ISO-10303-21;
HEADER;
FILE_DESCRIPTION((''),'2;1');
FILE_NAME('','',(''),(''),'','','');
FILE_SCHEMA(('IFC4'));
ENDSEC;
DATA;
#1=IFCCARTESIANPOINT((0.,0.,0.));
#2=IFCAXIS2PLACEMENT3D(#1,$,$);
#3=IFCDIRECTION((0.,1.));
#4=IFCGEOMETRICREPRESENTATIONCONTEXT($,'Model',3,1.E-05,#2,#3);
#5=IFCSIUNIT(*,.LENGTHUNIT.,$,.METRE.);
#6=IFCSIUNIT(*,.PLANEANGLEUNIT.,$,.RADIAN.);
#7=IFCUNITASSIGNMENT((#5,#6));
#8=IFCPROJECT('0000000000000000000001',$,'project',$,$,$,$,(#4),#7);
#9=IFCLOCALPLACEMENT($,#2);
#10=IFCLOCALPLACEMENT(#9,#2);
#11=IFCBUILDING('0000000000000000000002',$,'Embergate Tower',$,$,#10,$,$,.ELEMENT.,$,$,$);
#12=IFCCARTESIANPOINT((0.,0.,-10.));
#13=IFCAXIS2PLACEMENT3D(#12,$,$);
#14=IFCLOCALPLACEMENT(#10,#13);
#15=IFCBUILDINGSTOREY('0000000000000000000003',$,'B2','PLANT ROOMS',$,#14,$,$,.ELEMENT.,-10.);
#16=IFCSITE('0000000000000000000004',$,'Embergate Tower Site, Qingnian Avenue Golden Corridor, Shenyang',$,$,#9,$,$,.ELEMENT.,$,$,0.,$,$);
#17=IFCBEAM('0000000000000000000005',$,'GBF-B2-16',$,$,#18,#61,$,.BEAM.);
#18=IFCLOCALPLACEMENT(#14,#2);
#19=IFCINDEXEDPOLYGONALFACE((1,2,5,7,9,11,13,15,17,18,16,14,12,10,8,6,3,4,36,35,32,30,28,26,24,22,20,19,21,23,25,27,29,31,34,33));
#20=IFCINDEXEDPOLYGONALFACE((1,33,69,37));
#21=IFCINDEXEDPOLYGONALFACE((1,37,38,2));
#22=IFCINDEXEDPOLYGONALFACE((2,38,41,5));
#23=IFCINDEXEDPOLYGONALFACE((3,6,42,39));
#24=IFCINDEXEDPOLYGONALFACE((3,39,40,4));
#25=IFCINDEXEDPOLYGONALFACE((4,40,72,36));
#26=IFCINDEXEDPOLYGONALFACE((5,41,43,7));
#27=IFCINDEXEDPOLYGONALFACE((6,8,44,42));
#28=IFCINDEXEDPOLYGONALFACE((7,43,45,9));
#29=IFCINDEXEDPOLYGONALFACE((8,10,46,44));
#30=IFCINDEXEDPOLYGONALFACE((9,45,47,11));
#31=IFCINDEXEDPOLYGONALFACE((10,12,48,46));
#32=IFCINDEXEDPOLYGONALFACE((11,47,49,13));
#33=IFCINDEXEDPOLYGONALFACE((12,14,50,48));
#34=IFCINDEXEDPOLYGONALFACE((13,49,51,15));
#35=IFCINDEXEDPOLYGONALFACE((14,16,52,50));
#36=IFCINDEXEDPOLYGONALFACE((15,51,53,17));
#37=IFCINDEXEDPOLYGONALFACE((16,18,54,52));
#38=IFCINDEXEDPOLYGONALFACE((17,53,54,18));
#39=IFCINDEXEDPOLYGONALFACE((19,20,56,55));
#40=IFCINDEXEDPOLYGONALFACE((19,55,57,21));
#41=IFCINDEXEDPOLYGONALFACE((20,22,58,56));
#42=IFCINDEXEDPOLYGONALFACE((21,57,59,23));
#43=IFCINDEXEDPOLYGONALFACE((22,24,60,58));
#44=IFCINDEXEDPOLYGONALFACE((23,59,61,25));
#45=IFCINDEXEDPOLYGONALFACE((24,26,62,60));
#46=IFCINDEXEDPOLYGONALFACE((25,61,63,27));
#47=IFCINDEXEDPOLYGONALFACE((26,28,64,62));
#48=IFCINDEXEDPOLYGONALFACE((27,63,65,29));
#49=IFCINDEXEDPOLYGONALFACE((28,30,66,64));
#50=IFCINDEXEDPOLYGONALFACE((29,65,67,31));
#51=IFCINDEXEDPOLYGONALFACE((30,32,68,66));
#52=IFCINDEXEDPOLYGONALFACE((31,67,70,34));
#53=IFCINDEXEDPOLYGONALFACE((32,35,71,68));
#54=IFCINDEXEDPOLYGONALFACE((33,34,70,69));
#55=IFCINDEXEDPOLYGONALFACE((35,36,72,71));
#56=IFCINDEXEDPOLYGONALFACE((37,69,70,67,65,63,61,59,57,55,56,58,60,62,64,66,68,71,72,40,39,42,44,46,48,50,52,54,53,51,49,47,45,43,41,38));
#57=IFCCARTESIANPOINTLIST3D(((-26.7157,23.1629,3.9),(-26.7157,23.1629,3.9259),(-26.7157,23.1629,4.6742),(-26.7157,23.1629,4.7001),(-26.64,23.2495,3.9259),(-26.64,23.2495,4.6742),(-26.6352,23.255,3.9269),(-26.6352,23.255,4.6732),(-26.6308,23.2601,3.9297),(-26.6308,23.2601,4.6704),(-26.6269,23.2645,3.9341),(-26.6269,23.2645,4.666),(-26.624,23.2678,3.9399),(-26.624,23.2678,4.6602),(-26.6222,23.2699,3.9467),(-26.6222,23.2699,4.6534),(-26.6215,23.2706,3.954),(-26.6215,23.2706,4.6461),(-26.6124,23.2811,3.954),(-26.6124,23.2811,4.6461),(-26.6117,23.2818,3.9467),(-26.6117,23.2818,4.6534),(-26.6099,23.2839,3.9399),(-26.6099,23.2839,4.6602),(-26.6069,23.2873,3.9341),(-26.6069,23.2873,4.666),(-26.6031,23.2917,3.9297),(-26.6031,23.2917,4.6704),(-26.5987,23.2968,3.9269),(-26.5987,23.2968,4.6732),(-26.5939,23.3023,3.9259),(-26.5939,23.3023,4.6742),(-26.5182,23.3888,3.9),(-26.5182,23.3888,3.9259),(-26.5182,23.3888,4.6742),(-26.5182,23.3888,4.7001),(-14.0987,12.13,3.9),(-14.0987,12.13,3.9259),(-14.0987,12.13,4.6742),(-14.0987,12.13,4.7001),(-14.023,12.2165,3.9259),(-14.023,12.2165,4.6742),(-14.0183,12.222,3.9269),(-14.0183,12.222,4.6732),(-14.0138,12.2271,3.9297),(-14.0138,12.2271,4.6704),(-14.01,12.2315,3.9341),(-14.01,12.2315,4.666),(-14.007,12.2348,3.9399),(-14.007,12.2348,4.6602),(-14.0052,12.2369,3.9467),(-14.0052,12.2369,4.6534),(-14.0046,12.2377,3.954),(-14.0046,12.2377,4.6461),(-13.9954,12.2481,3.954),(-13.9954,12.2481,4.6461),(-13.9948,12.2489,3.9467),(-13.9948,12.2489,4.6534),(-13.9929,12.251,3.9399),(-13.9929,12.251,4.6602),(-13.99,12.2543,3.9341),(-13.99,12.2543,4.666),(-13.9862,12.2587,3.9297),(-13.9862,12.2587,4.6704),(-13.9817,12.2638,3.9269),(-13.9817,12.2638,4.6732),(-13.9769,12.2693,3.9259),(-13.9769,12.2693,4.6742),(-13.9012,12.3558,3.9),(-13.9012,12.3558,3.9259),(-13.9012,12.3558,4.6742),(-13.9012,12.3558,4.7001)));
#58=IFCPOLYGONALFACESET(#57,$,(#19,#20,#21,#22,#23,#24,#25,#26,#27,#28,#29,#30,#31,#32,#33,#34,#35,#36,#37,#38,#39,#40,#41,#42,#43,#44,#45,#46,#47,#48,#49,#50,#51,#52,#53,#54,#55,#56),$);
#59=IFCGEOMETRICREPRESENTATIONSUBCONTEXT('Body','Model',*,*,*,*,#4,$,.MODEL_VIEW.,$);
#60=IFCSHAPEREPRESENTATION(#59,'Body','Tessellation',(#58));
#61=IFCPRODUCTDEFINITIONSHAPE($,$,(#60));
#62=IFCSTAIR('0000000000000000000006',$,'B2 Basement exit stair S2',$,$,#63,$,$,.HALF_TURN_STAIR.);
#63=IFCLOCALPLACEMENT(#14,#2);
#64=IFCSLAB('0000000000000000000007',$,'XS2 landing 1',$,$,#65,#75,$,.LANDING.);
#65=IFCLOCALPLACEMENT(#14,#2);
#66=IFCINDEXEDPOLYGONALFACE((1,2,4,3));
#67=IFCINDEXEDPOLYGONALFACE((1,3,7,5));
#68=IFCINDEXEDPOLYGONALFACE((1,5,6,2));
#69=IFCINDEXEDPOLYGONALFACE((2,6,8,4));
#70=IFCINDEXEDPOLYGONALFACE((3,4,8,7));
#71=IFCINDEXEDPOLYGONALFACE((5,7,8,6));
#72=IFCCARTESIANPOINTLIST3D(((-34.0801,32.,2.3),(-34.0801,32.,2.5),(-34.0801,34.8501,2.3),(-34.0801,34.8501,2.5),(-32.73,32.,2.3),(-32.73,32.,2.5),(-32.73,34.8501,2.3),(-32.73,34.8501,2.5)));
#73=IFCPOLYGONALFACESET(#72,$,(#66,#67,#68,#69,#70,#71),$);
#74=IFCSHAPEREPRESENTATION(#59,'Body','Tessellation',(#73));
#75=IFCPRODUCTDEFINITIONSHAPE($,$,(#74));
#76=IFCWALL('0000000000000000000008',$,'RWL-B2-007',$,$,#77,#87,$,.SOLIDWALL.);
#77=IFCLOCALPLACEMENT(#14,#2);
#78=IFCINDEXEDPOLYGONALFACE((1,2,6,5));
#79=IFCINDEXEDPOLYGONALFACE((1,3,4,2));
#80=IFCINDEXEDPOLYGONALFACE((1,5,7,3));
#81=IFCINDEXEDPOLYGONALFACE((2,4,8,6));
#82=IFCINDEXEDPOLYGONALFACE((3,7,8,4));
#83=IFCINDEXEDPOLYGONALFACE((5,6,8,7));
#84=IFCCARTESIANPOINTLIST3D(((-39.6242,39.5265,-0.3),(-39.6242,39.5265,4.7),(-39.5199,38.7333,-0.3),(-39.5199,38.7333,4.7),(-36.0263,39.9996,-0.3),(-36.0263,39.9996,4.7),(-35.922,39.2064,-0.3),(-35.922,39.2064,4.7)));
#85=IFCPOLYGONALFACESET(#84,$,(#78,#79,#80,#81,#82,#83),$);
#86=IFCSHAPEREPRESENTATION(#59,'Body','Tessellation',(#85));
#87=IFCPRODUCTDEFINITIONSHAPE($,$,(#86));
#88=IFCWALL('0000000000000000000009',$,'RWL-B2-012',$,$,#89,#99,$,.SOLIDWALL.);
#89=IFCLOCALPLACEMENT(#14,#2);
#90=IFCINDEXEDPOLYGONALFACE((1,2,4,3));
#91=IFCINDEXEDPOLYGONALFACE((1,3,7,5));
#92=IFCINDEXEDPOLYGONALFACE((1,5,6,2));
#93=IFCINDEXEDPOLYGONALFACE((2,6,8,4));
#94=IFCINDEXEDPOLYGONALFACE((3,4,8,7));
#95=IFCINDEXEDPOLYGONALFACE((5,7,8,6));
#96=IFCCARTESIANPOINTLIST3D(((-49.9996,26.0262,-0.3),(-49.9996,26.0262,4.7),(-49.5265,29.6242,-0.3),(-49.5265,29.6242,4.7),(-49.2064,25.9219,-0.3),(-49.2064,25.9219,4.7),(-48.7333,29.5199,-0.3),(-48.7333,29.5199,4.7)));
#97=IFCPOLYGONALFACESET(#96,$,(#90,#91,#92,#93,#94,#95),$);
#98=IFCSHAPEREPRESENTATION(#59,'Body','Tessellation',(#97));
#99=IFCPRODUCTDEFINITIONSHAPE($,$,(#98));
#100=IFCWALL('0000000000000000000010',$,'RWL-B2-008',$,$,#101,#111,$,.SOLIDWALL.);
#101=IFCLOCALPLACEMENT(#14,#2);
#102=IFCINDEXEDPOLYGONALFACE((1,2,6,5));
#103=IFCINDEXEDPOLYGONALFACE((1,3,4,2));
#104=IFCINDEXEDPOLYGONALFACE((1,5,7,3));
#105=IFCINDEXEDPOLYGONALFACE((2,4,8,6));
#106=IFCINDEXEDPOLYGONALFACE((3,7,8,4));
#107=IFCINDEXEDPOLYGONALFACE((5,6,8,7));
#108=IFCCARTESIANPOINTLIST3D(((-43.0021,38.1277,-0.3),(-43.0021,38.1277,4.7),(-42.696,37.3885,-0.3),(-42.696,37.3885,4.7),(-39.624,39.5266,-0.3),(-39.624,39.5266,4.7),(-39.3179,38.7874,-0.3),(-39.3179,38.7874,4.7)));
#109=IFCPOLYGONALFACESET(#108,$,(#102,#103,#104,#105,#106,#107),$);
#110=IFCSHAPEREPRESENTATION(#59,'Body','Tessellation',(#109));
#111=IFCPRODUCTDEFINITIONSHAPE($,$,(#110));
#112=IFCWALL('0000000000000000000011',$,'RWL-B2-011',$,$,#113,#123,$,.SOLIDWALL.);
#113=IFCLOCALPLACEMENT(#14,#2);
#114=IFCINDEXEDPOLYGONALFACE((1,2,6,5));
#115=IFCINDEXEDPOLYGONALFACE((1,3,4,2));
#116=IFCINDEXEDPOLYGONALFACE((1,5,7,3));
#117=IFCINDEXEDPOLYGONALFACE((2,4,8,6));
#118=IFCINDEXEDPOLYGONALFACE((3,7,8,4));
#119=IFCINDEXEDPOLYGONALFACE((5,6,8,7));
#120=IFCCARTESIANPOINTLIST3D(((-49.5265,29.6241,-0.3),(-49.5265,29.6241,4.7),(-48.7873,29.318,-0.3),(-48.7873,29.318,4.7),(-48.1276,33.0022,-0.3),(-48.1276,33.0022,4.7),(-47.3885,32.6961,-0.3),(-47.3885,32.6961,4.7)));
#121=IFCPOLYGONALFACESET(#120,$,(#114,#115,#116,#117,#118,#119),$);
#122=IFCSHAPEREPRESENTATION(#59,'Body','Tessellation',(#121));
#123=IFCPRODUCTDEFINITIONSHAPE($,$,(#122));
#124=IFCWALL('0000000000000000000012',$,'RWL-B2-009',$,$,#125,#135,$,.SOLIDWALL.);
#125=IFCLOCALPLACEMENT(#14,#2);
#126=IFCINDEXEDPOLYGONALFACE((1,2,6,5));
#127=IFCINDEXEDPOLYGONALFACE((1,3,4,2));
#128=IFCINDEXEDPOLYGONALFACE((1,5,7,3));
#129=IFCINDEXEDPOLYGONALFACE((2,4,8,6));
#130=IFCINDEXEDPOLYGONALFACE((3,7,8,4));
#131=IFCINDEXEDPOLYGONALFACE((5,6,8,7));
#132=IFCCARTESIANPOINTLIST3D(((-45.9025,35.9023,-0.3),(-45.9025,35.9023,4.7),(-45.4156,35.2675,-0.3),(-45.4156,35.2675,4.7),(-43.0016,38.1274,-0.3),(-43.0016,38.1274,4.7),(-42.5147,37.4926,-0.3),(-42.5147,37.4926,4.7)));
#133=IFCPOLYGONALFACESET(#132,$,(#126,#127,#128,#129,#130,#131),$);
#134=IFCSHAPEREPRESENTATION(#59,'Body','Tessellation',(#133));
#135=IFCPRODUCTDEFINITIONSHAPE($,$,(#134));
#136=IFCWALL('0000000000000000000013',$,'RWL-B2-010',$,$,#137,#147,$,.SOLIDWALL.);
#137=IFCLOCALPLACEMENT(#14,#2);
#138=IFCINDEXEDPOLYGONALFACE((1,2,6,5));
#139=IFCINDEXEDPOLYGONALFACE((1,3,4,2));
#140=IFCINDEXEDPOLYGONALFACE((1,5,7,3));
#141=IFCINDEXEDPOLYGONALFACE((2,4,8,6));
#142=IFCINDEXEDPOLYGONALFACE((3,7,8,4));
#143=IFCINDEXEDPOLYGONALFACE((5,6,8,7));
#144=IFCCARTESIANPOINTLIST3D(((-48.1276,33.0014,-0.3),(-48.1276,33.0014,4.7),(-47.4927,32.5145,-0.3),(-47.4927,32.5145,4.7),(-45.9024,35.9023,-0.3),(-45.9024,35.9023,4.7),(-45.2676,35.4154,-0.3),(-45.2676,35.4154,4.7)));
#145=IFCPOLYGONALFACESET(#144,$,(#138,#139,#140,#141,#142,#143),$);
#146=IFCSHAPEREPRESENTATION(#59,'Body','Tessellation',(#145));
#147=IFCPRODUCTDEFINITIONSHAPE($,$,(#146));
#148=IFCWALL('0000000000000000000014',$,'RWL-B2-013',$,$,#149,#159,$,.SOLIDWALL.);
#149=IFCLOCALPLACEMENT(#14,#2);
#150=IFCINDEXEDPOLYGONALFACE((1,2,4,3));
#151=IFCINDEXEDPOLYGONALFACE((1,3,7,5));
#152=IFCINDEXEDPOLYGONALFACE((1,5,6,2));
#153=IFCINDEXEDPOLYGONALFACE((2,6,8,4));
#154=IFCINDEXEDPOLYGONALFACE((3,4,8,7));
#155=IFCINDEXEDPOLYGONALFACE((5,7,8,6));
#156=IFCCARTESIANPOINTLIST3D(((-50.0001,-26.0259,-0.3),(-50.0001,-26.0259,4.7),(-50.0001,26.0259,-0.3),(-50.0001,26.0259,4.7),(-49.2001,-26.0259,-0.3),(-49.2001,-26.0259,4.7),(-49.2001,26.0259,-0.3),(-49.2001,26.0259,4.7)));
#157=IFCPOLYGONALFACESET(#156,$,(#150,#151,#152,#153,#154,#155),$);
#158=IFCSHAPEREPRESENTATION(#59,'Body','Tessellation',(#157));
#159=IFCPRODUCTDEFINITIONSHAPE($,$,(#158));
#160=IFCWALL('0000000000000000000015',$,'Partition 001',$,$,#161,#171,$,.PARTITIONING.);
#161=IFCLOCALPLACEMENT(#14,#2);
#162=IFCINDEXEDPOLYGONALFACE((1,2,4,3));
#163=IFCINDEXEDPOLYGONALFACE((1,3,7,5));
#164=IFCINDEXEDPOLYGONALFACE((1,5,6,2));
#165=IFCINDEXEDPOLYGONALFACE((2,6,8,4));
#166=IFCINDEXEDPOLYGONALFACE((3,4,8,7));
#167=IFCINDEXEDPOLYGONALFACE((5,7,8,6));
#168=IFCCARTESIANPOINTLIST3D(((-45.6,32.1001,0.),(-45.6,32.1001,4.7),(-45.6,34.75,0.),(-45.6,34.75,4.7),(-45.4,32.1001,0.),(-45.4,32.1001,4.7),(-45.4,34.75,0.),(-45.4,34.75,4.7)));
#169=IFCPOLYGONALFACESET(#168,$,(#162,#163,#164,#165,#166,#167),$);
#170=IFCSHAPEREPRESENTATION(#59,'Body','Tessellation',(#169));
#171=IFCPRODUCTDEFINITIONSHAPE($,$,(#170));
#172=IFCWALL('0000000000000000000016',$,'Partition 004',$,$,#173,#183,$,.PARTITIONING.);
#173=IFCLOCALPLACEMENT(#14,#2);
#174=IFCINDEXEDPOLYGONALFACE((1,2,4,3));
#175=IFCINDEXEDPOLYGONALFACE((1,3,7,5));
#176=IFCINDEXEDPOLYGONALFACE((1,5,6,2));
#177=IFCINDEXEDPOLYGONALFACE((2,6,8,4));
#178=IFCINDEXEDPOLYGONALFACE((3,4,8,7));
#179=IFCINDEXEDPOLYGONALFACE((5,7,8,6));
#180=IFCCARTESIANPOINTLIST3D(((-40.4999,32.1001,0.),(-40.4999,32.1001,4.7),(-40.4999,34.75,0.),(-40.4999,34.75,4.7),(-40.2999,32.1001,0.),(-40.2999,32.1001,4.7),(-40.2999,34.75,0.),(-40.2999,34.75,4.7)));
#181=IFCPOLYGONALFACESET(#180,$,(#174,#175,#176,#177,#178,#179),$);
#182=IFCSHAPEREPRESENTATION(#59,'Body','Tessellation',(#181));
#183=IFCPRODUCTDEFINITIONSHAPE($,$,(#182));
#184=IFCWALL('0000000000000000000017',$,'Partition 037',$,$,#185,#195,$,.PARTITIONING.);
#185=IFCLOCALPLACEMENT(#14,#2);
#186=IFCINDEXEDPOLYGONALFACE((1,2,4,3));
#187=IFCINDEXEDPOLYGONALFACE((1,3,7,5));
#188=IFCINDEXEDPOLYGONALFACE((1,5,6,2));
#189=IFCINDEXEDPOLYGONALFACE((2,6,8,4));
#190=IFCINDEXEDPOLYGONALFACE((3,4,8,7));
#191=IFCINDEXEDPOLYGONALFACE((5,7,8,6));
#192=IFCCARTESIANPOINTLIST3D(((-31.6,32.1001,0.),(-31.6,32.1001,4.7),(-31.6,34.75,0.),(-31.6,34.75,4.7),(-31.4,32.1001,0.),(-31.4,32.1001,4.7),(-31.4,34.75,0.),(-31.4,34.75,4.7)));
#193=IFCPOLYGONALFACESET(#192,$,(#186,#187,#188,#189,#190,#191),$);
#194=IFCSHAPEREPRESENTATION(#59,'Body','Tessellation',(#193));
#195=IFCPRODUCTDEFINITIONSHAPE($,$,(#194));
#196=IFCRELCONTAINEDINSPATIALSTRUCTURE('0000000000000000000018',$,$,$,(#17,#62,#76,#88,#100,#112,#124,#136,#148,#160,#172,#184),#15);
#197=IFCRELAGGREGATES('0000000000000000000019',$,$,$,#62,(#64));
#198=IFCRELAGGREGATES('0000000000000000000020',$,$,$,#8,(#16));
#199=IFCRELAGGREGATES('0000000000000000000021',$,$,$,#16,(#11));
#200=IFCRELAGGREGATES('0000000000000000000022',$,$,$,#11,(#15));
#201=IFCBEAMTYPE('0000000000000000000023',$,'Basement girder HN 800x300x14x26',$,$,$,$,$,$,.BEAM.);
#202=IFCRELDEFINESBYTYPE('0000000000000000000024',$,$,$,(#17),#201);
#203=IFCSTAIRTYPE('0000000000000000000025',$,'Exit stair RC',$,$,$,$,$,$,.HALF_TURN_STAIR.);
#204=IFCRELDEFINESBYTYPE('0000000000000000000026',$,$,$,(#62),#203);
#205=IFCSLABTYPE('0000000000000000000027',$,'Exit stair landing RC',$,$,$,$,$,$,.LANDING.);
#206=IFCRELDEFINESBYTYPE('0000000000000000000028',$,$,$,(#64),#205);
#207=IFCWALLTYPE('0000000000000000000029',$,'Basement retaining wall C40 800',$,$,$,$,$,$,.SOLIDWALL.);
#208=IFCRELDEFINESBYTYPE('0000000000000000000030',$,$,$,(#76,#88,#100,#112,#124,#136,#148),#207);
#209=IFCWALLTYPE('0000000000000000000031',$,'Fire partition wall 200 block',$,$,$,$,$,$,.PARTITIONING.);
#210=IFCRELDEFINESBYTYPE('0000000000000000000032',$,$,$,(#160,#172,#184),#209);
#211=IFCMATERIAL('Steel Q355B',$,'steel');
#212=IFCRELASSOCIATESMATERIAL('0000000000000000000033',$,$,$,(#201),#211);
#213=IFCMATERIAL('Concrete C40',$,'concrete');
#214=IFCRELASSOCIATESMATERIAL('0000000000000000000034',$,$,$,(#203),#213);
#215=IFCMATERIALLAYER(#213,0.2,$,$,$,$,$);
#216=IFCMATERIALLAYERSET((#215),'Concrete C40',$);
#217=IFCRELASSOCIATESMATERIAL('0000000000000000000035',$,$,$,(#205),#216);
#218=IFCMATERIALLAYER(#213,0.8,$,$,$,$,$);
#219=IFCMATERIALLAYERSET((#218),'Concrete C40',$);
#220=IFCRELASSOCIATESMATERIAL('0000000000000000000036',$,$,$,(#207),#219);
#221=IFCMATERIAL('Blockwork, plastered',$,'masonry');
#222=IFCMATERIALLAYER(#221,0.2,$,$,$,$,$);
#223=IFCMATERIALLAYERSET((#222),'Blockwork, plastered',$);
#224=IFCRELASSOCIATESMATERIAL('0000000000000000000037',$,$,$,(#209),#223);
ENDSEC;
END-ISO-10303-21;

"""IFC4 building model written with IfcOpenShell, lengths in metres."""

from ifc_helpers import new_model, si_unit, direction, frame, frame_2d, origin, origin_2d, place, context, subcontext, project, spatial, polyline, rectangle, i_section, outline, extrude, source, transform, mapped, material, layer, layer_set, material_profile, profile_set, type_object, element, aggregate, save


model = new_model("IFC4")

# Units and contexts
model_context = context("Model", 3, precision=1e-05, world=origin(), true_north=direction((0.0, 1.0)))
body_context = subcontext(model_context, "Body", "Model", "MODEL_VIEW")
ifc_project = project(units=[si_unit("LENGTHUNIT", "METRE"), si_unit("PLANEANGLEUNIT", "RADIAN")], contexts=[model_context])

# Site, building, storey
site_placement = place(None, origin())
site = spatial("IfcSite", under=ifc_project, at=site_placement, Name="Embergate Tower Site, Qingnian Avenue Golden Corridor, Shenyang", CompositionType="ELEMENT", RefElevation=0.0)
building_placement = place(site_placement, origin())
building = spatial("IfcBuilding", under=site, at=building_placement, Name="Embergate Tower", CompositionType="ELEMENT")
storey_placement = place(building_placement, frame((0.0, 0.0, -10.0)))
storey = spatial("IfcBuildingStorey", under=building, at=storey_placement, Name="B2", Description="PLANT ROOMS", CompositionType="ELEMENT", Elevation=-10.0)

# Shared definitions
ifc_material_1 = material(Name="Concrete C40", Category="concrete")

# Beam
ifc_material_2 = material(Name="Steel Q355B", Category="steel")
ifc_material_profile_1 = material_profile(ifc_material_2, i_section(OverallWidth=0.3, OverallDepth=0.8, WebThickness=0.0139, FlangeThickness=0.0259, FilletRadius=0.0281, at=origin_2d()), Name="HN 800x300x14x26")
ifc_profile_set_1 = profile_set([ifc_material_profile_1], Name="Steel Q355 grade B")
beam_type_1 = type_object("IfcBeamType", Name="Basement girder HN 800x300x14x26", PredefinedType="BEAM", material=ifc_profile_set_1)
shared_shape_1 = source(origin(), body_context, "Body", "SweptSolid", [
    extrude(i_section(OverallWidth=0.3, OverallDepth=0.8, WebThickness=0.0139, FlangeThickness=0.0259, FilletRadius=0.0281, at=origin_2d()), origin(), (0.0, 0.0, 1.0), 16.7605),
])
beam_1_placement = place(storey_placement, frame((-26.6169, 23.2759, 4.3), z_axis=(0.75278, -0.658273, 0.0), x_axis=(0.658273, 0.75278, 0.0)))
element("IfcBeam", 1, at=beam_1_placement, inside=storey, type_object=beam_type_1, Name="GBF-B2-16", PredefinedType="BEAM", context=body_context, shape_type="MappedRepresentation", body=[
    mapped(shared_shape_1, transform((0.0, 0.0, 0.0))),
])

# Stair, slab
stair_type = type_object("IfcStairType", Name="Exit stair RC", PredefinedType="HALF_TURN_STAIR", material=ifc_material_1)
stair_placement = place(storey_placement, origin())
stair = element("IfcStair", 2, at=stair_placement, inside=storey, type_object=stair_type, Name="B2 Basement exit stair S2", PredefinedType="HALF_TURN_STAIR")
ifc_layer_1 = layer(ifc_material_1, 0.2)
ifc_layer_set_1 = layer_set([ifc_layer_1], Name="Concrete C40")
slab_type = type_object("IfcSlabType", Name="Exit stair landing RC", PredefinedType="LANDING", material=ifc_layer_set_1)
shared_shape_2 = source(origin(), body_context, "Body", "SweptSolid", [
    extrude(outline(polyline([(0.0, 0.0), (1.3501, 0.0), (1.3501, 2.8501), (0.0, 2.8501), (0.0, 0.0)])), origin(), (0.0, 0.0, 1.0), 0.2),
])
slab_placement = place(storey_placement, frame((-34.0801, 32.0, 2.3)))
slab = element("IfcSlab", 3, at=slab_placement, type_object=slab_type, Name="XS2 landing 1", PredefinedType="LANDING", context=body_context, shape_type="MappedRepresentation", body=[
    mapped(shared_shape_2, transform((0.0, 0.0, 0.0))),
])

# Walls
ifc_layer_2 = layer(ifc_material_1, 0.8)
ifc_layer_set_2 = layer_set([ifc_layer_2], Name="Concrete C40")
wall_type_1 = type_object("IfcWallType", Name="Basement retaining wall C40 800", PredefinedType="SOLIDWALL", material=ifc_layer_set_2)
shared_shape_3 = source(origin(), body_context, "Body", "SweptSolid", [
    extrude(rectangle(XDim=3.6289, YDim=0.8, at=frame_2d((1.8145, 0.0))), origin(), (0.0, 0.0, 1.0), 5.0),
])
for number, where, z_axis, x_axis, name in (
    (4, (-35.9741, 39.603, -0.3), (0.0, 0.0, 1.0), (-0.991464, -0.130383, 0.0), "RWL-B2-007"),
    (5, (-49.1299, 29.572, -0.3), (0.0, 0.0, 1.0), (-0.130383, -0.991464, 0.0), "RWL-B2-012"),
):
    element("IfcWall", number, at=place(storey_placement, frame(where, z_axis=z_axis, x_axis=x_axis)), inside=storey, type_object=wall_type_1, Name=name, PredefinedType="SOLIDWALL", context=body_context, shape_type="MappedRepresentation", body=[
        mapped(shared_shape_3, transform((0.0, 0.0, 0.0))),
    ])
shared_shape_4 = source(origin(), body_context, "Body", "SweptSolid", [
    extrude(rectangle(XDim=3.6562, YDim=0.8, at=frame_2d((1.8281, 0.0))), origin(), (0.0, 0.0, 1.0), 5.0),
])
for number, where, z_axis, x_axis, name in (
    (6, (-39.4709, 39.157, -0.3), (0.0, 0.0, 1.0), (-0.923914, -0.382599, 0.0), "RWL-B2-008"),
    (7, (-47.7581, 32.8491, -0.3), (0.0, 0.0, 1.0), (-0.382599, -0.923914, 0.0), "RWL-B2-011"),
):
    element("IfcWall", number, at=place(storey_placement, frame(where, z_axis=z_axis, x_axis=x_axis)), inside=storey, type_object=wall_type_1, Name=name, PredefinedType="SOLIDWALL", context=body_context, shape_type="MappedRepresentation", body=[
        mapped(shared_shape_4, transform((0.0, 0.0, 0.0))),
    ])
shared_shape_5 = source(origin(), body_context, "Body", "SweptSolid", [
    extrude(rectangle(XDim=3.656, YDim=0.8, at=frame_2d((1.8281, 0.0))), origin(), (0.0, 0.0, 1.0), 5.0),
])
for number, where, z_axis, x_axis, name in (
    (8, (-42.7581, 37.8101, -0.3), (0.0, 0.0, 1.0), (-0.793462, -0.608619, 0.0), "RWL-B2-009"),
    (9, (-45.585, 35.6589, -0.3), (0.0, 0.0, 1.0), (-0.608619, -0.793462, 0.0), "RWL-B2-010"),
):
    element("IfcWall", number, at=place(storey_placement, frame(where, z_axis=z_axis, x_axis=x_axis)), inside=storey, type_object=wall_type_1, Name=name, PredefinedType="SOLIDWALL", context=body_context, shape_type="MappedRepresentation", body=[
        mapped(shared_shape_5, transform((0.0, 0.0, 0.0))),
    ])
shared_shape_6 = source(origin(), body_context, "Body", "SweptSolid", [
    extrude(rectangle(XDim=52.0518, YDim=0.8, at=frame_2d((26.0259, 0.0))), origin(), (0.0, 0.0, 1.0), 5.0),
])
wall_1_placement = place(storey_placement, frame((-49.6001, 26.0259, -0.3), z_axis=(0.0, 0.0, 1.0), x_axis=(0.0, -1.0, 0.0)))
element("IfcWall", 10, at=wall_1_placement, inside=storey, type_object=wall_type_1, Name="RWL-B2-013", PredefinedType="SOLIDWALL", context=body_context, shape_type="MappedRepresentation", body=[
    mapped(shared_shape_6, transform((0.0, 0.0, 0.0))),
])
ifc_material_3 = material(Name="Blockwork, plastered", Category="masonry")
ifc_layer_3 = layer(ifc_material_3, 0.2)
ifc_layer_set_3 = layer_set([ifc_layer_3], Name="Blockwork, plastered")
wall_type_2 = type_object("IfcWallType", Name="Fire partition wall 200 block", PredefinedType="PARTITIONING", material=ifc_layer_set_3)
shared_shape_7 = source(origin(), body_context, "Body", "SweptSolid", [
    extrude(rectangle(XDim=2.6499, YDim=0.2, at=frame_2d((1.325, 0.0))), origin(), (0.0, 0.0, 1.0), 4.7),
])
for number, where, z_axis, x_axis, name in (
    (11, (-45.5, 32.1001, 0.0), (0.0, 0.0, 1.0), (0.0, 1.0, 0.0), "Partition 001"),
    (12, (-40.3999, 34.75, 0.0), (0.0, 0.0, 1.0), (0.0, -1.0, 0.0), "Partition 004"),
    (13, (-31.5, 32.1001, 0.0), (0.0, 0.0, 1.0), (0.0, 1.0, 0.0), "Partition 037"),
):
    element("IfcWall", number, at=place(storey_placement, frame(where, z_axis=z_axis, x_axis=x_axis)), inside=storey, type_object=wall_type_2, Name=name, PredefinedType="PARTITIONING", context=body_context, shape_type="MappedRepresentation", body=[
        mapped(shared_shape_7, transform((0.0, 0.0, 0.0))),
    ])

aggregate(stair, [slab])

save(model, "model.ifc")
